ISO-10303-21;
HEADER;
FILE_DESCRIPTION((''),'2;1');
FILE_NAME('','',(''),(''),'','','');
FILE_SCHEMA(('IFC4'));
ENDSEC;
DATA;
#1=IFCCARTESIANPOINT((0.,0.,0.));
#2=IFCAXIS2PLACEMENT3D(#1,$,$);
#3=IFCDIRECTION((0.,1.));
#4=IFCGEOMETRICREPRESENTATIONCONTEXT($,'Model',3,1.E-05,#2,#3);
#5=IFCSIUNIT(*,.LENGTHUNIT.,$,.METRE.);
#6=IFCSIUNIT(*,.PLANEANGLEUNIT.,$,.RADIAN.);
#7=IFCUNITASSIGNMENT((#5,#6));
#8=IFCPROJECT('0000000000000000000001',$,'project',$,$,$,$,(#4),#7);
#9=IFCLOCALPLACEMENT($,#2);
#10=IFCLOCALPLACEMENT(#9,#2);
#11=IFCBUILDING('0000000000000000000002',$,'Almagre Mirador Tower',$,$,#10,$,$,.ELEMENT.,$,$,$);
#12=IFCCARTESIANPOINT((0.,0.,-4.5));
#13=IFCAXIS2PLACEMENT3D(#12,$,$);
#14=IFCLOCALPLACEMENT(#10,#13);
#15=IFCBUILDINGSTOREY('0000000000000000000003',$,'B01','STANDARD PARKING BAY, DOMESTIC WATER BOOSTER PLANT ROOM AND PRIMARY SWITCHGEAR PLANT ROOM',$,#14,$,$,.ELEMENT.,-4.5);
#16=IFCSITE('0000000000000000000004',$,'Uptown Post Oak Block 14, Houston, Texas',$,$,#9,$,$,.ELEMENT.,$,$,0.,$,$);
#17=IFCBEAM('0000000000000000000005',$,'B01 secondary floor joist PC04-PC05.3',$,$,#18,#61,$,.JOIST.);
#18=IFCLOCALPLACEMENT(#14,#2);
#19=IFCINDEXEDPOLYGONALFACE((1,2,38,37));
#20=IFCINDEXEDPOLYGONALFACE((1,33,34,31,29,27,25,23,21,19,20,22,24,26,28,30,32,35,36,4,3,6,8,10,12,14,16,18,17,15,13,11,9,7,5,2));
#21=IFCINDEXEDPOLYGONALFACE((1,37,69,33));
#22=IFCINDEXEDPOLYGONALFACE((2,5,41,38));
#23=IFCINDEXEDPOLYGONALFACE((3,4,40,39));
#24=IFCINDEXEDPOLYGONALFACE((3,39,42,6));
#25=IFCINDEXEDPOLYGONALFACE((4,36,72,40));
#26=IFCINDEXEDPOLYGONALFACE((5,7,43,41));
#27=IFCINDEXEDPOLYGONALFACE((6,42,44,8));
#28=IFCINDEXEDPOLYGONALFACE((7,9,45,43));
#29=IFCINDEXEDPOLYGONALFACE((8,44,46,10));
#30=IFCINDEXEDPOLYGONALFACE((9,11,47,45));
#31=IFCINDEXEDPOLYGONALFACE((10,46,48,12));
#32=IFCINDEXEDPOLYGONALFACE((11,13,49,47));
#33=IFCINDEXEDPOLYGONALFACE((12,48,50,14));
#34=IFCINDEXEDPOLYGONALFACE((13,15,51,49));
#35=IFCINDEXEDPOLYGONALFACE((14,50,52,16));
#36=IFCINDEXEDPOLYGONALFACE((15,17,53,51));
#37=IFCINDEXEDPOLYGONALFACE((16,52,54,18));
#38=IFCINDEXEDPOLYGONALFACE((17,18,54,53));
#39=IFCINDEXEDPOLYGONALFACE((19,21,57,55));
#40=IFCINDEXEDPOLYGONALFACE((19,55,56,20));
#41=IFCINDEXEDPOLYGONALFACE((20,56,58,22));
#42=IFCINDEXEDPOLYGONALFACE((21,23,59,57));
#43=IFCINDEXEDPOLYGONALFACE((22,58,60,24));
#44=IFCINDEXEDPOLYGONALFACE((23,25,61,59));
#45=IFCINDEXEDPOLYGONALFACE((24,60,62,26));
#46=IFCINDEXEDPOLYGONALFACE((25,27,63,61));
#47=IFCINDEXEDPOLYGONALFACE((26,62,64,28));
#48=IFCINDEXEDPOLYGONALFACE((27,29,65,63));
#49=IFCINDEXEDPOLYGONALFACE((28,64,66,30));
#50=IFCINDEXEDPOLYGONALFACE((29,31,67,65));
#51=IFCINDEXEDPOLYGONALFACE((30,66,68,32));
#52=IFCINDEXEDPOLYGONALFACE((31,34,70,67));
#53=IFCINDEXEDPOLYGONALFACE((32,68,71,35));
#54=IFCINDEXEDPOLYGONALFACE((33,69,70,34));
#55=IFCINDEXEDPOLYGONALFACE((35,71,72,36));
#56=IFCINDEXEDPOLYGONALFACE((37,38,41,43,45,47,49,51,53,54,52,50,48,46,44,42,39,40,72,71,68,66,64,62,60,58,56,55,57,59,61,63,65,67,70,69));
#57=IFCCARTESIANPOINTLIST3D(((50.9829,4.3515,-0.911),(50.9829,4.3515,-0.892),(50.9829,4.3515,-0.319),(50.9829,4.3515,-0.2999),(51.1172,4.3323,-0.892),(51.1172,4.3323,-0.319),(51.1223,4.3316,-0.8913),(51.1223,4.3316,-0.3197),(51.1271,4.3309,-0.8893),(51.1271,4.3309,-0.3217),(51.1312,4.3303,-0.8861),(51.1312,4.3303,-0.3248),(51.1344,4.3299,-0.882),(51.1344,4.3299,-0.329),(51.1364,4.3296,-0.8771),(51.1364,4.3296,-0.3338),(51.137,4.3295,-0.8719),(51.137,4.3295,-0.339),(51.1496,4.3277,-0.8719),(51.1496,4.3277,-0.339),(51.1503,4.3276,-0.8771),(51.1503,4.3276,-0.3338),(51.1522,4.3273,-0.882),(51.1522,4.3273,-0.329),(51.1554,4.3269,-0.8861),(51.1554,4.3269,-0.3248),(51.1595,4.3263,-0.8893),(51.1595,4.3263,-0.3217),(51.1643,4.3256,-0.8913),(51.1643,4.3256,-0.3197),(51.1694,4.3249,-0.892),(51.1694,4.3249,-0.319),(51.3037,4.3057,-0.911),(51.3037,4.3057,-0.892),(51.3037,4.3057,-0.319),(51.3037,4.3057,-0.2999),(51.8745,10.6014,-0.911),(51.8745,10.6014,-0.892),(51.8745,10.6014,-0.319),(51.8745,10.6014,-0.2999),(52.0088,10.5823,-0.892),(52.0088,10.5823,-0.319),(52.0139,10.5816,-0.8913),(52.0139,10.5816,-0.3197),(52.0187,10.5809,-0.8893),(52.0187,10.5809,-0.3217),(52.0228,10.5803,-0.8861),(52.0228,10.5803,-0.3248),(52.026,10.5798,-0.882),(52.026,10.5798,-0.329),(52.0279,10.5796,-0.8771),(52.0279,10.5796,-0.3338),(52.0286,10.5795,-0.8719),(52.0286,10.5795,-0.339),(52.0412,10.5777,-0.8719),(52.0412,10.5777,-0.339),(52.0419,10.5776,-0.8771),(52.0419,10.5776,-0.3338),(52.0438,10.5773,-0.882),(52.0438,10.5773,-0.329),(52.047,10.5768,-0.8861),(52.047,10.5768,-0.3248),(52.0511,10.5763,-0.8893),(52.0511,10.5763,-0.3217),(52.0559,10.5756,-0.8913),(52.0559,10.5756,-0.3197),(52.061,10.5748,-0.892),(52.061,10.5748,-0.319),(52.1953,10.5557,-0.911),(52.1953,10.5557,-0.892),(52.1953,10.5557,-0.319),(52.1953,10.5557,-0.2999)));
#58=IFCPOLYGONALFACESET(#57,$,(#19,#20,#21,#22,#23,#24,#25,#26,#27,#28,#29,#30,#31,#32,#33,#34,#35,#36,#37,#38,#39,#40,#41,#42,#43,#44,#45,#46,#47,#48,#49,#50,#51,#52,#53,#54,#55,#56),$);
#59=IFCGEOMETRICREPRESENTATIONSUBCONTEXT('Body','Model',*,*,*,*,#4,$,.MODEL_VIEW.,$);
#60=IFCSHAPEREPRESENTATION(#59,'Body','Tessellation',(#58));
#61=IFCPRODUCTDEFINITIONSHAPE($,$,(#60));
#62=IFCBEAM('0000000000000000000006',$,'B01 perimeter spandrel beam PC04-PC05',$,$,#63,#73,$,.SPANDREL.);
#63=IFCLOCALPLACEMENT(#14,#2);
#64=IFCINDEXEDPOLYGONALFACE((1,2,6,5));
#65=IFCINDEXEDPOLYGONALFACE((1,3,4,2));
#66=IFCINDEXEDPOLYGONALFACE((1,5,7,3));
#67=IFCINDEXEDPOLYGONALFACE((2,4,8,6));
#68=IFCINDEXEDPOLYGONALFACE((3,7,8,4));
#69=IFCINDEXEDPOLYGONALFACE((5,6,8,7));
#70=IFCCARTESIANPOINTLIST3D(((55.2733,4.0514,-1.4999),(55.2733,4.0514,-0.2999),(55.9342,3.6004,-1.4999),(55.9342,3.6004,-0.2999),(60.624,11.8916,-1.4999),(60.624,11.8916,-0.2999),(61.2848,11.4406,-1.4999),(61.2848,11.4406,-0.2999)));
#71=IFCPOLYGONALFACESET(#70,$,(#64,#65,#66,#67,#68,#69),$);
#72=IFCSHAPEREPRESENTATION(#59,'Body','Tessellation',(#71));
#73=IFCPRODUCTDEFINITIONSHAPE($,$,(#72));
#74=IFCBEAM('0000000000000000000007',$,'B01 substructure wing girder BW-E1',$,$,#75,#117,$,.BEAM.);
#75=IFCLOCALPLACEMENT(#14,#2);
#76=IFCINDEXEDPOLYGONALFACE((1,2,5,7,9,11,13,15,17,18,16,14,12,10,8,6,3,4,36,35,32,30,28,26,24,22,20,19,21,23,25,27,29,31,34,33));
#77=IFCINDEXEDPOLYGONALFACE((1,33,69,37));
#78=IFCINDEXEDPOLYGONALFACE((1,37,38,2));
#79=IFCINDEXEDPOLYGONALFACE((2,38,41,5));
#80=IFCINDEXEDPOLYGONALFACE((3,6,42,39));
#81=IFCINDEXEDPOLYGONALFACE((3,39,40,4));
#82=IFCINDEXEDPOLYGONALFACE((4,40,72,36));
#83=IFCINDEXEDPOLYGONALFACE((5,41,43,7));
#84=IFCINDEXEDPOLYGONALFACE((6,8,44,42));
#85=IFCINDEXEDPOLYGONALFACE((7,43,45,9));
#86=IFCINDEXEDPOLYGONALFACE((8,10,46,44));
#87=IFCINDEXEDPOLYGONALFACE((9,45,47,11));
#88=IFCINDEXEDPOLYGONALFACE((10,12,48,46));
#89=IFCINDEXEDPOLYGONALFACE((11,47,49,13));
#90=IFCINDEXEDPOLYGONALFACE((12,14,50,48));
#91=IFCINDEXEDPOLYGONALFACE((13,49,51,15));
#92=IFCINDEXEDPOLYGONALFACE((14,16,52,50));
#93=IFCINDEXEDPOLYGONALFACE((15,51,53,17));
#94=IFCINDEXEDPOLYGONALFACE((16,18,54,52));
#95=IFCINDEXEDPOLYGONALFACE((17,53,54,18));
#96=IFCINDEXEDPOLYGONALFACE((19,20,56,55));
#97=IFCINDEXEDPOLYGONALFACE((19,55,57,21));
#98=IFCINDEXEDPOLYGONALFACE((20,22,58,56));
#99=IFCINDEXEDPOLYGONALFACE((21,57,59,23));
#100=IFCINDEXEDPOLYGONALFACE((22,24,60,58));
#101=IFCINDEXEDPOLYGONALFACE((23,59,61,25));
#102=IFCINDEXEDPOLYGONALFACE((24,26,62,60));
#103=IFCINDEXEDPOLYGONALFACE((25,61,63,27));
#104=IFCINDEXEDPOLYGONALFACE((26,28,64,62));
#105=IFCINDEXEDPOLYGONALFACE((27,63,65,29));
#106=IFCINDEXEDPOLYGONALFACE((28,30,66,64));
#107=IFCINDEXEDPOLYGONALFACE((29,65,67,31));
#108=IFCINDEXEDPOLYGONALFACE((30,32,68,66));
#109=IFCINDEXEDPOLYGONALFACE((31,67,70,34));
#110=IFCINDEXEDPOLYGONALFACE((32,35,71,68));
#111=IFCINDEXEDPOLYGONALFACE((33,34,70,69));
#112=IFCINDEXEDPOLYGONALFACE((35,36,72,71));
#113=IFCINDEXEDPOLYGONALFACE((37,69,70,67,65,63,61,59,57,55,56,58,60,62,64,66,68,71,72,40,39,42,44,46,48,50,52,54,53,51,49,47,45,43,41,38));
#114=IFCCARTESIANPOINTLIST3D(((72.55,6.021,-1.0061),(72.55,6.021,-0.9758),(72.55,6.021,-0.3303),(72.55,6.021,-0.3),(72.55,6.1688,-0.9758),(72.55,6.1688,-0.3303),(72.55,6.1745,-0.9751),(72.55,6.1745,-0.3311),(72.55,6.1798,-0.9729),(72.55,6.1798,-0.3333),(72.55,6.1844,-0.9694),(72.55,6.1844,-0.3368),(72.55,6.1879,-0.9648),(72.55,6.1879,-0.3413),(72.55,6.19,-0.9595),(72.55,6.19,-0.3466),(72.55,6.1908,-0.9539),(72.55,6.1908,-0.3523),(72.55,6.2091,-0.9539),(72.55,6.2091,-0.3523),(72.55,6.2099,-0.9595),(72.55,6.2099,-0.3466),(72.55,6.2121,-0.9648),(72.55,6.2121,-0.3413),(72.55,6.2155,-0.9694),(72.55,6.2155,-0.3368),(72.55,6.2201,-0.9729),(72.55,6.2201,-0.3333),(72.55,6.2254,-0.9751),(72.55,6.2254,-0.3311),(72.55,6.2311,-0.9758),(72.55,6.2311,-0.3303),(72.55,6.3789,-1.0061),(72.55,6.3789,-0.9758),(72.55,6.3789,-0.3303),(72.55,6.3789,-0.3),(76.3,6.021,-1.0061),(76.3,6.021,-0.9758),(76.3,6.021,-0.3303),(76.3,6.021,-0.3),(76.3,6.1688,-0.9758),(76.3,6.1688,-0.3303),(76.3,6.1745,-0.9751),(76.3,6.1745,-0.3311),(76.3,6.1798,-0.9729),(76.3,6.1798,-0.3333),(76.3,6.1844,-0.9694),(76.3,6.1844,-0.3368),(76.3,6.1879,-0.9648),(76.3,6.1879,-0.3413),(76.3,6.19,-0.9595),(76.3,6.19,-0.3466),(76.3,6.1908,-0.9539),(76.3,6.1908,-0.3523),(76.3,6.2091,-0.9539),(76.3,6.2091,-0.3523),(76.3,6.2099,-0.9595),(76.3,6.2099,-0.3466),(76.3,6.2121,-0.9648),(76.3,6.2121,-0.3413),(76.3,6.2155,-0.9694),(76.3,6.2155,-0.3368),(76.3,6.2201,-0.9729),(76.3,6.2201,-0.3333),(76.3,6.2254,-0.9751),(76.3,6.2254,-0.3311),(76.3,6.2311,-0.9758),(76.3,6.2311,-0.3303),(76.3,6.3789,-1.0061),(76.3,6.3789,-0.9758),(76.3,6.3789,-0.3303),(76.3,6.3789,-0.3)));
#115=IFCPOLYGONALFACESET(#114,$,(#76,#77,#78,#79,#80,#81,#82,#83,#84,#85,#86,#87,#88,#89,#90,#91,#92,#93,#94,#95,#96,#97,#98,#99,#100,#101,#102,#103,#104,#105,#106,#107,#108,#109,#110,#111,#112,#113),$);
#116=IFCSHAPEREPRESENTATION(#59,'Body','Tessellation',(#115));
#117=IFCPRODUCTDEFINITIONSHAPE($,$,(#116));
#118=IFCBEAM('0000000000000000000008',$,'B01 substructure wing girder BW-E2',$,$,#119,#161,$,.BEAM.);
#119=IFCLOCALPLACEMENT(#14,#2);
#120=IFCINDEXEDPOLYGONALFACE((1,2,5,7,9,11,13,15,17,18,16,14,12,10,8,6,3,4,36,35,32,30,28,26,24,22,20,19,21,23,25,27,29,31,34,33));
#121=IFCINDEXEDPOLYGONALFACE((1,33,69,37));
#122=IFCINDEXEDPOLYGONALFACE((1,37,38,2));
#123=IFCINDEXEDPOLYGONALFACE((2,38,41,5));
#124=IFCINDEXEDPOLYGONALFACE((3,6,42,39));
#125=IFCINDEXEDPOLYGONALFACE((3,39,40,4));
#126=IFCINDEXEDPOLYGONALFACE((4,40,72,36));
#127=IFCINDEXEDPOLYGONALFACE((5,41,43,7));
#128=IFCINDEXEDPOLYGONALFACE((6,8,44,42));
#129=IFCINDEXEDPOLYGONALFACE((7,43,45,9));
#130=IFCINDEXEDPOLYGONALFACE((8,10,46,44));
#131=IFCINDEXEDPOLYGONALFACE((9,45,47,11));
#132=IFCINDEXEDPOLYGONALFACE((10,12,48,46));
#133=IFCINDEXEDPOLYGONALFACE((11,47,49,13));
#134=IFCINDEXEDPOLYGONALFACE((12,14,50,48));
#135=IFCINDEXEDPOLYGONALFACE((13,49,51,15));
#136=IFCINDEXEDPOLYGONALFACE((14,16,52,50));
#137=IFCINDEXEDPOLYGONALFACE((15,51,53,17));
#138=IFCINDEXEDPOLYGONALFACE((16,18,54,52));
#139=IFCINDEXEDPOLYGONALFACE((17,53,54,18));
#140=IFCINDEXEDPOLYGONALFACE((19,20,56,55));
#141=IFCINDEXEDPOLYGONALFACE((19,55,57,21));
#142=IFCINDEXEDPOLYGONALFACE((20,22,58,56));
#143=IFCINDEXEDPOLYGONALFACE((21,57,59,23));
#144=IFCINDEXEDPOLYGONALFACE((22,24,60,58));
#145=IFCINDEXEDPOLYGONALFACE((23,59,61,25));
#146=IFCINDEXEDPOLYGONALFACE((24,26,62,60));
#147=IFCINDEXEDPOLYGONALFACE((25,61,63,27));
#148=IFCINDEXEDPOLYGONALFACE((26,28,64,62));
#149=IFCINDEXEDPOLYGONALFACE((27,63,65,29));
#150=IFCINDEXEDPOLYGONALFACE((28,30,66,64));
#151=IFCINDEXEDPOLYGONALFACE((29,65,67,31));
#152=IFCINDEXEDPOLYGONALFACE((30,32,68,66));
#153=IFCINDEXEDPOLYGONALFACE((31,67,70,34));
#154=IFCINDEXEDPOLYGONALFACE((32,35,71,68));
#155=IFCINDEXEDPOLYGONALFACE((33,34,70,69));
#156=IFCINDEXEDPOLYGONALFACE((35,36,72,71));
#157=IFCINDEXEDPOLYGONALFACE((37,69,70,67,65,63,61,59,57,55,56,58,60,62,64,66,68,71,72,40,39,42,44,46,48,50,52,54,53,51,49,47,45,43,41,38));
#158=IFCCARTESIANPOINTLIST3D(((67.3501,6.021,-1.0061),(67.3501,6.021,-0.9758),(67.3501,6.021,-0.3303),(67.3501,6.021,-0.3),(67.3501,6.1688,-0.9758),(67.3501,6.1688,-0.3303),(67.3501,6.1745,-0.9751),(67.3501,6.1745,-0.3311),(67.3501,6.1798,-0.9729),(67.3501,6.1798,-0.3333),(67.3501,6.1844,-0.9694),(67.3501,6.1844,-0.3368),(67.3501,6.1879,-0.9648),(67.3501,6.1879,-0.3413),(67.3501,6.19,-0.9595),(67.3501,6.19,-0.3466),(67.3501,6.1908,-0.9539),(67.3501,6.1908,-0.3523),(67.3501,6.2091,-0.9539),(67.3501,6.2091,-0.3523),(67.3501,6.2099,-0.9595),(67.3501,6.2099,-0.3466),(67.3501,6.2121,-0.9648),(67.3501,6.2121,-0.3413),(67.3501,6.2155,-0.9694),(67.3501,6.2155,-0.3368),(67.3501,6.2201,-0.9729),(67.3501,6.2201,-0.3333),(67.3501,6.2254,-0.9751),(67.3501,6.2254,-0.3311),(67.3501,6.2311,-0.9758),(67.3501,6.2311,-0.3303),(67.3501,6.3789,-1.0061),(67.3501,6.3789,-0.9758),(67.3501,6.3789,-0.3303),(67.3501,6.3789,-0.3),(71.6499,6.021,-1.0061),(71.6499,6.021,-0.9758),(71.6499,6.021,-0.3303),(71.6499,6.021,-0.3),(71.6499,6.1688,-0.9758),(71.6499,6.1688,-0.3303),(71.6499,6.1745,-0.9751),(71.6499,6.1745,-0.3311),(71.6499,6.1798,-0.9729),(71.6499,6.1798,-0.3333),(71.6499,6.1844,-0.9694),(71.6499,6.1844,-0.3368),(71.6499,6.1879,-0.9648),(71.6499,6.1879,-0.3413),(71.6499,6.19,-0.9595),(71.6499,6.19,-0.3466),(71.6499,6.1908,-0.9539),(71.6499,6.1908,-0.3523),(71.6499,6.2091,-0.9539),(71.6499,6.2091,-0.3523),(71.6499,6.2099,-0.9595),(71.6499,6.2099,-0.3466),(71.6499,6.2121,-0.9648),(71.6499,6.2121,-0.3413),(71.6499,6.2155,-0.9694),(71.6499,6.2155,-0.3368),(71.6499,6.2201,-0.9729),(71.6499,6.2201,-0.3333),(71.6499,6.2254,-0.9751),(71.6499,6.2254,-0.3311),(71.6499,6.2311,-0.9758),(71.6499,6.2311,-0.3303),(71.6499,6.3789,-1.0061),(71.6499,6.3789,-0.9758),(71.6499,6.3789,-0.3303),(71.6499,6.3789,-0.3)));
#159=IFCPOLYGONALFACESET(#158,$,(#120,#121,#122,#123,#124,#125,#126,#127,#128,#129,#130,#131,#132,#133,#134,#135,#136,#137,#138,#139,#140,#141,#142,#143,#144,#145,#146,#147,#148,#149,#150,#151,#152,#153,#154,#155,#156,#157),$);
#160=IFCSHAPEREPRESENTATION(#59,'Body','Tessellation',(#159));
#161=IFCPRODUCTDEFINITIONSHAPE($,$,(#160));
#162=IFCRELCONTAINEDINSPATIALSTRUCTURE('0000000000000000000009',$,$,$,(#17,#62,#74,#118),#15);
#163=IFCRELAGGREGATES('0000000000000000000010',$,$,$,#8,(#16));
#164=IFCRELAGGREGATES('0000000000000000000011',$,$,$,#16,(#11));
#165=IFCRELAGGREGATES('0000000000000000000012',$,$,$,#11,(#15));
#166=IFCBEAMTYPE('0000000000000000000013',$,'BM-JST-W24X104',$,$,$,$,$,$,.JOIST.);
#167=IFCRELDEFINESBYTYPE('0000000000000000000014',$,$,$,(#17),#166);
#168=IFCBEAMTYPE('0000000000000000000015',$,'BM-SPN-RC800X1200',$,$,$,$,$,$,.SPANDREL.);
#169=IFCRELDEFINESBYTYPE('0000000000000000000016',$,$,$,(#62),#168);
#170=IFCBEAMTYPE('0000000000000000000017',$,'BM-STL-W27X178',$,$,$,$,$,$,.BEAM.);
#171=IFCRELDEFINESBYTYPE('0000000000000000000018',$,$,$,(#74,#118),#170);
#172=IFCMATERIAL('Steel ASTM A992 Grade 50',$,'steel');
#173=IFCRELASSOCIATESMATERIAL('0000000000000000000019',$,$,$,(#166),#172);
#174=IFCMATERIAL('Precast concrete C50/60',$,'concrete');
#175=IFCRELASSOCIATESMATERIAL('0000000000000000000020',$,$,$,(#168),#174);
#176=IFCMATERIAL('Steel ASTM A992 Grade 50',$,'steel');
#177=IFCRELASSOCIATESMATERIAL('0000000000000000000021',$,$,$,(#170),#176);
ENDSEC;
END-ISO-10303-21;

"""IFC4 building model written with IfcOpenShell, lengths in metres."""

from ifc_helpers import new_model, si_unit, direction, frame, origin, origin_2d, place, context, subcontext, project, spatial, rectangle, i_section, extrude, material, material_profile, profile_set, type_object, element, save


model = new_model("IFC4")

# Units and contexts
model_context = context("Model", 3, precision=1e-05, world=origin(), true_north=direction((0.0, 1.0)))
body_context = subcontext(model_context, "Body", "Model", "MODEL_VIEW")
ifc_project = project(units=[si_unit("LENGTHUNIT", "METRE"), si_unit("PLANEANGLEUNIT", "RADIAN")], contexts=[model_context])

# Site, building, storey
site_placement = place(None, origin())
site = spatial("IfcSite", under=ifc_project, at=site_placement, Name="Uptown Post Oak Block 14, Houston, Texas", CompositionType="ELEMENT", RefElevation=0.0)
building_placement = place(site_placement, origin())
building = spatial("IfcBuilding", under=site, at=building_placement, Name="Almagre Mirador Tower", CompositionType="ELEMENT")
storey_placement = place(building_placement, frame((0.0, 0.0, -4.5)))
storey = spatial("IfcBuildingStorey", under=building, at=storey_placement, Name="B01", Description="STANDARD PARKING BAY, DOMESTIC WATER BOOSTER PLANT ROOM AND PRIMARY SWITCHGEAR PLANT ROOM", CompositionType="ELEMENT", Elevation=-4.5)

# Beams
ifc_material_1 = material(Name="Steel ASTM A992 Grade 50", Category="steel")
ifc_material_profile_1 = material_profile(ifc_material_1, i_section(OverallWidth=0.324, OverallDepth=0.6111, WebThickness=0.0127, FlangeThickness=0.019, FilletRadius=0.02, at=origin_2d()), Name="W24X104")
ifc_profile_set_1 = profile_set([ifc_material_profile_1], Name="Steel ASTM A992 Grade 50")
beam_type_1 = type_object("IfcBeamType", Name="BM-JST-W24X104", PredefinedType="JOIST", material=ifc_profile_set_1)
beam_1_placement = place(storey_placement, frame((51.1433, 4.3286, -0.6055), z_axis=(0.141226, 0.989977, 0.0), x_axis=(-0.989977, 0.141226, 0.0)))
element("IfcBeam", 1, at=beam_1_placement, inside=storey, type_object=beam_type_1, Name="B01 secondary floor joist PC04-PC05.3", PredefinedType="JOIST", context=body_context, shape_type="SweptSolid", body=[
    extrude(i_section(OverallWidth=0.324, OverallDepth=0.6111, WebThickness=0.0127, FlangeThickness=0.019, FilletRadius=0.02, at=origin_2d()), origin(), (0.0, 0.0, 1.0), 6.3132),
])
ifc_material_2 = material(Name="Precast concrete C50/60", Category="concrete")
ifc_material_profile_2 = material_profile(ifc_material_2, rectangle(XDim=0.8, YDim=1.2, at=origin_2d()), Name="RC800X1200")
ifc_profile_set_2 = profile_set([ifc_material_profile_2], Name="Precast concrete C50/60")
beam_type_2 = type_object("IfcBeamType", Name="BM-SPN-RC800X1200", PredefinedType="SPANDREL", material=ifc_profile_set_2)
beam_2_placement = place(storey_placement, frame((55.6038, 3.8259, -0.8999), z_axis=(0.563702, 0.825979, 0.0), x_axis=(-0.825979, 0.563702, 0.0)))
element("IfcBeam", 2, at=beam_2_placement, inside=storey, type_object=beam_type_2, Name="B01 perimeter spandrel beam PC04-PC05", PredefinedType="SPANDREL", context=body_context, shape_type="SweptSolid", body=[
    extrude(rectangle(XDim=0.8, YDim=1.2, at=origin_2d()), origin(), (0.0, 0.0, 1.0), 9.4919),
])
ifc_material_3 = material(Name="Steel ASTM A992 Grade 50", Category="steel")
ifc_material_profile_3 = material_profile(ifc_material_3, i_section(OverallWidth=0.3579, OverallDepth=0.7061, WebThickness=0.0183, FlangeThickness=0.0303, FilletRadius=0.022, at=origin_2d()), Name="W27X178")
ifc_profile_set_3 = profile_set([ifc_material_profile_3], Name="Steel ASTM A992 Grade 50")
beam_type_3 = type_object("IfcBeamType", Name="BM-STL-W27X178", PredefinedType="BEAM", material=ifc_profile_set_3)
beam_3_placement = place(storey_placement, frame((76.3, 6.2, -0.6531), z_axis=(-1.0, 0.0, 0.0), x_axis=(0.0, -1.0, 0.0)))
element("IfcBeam", 3, at=beam_3_placement, inside=storey, type_object=beam_type_3, Name="B01 substructure wing girder BW-E1", PredefinedType="BEAM", context=body_context, shape_type="SweptSolid", body=[
    extrude(i_section(OverallWidth=0.3579, OverallDepth=0.7061, WebThickness=0.0183, FlangeThickness=0.0303, FilletRadius=0.022, at=origin_2d()), origin(), (0.0, 0.0, 1.0), 3.75),
])
beam_4_placement = place(storey_placement, frame((71.6499, 6.2, -0.6531), z_axis=(-1.0, 0.0, 0.0), x_axis=(0.0, -1.0, 0.0)))
element("IfcBeam", 4, at=beam_4_placement, inside=storey, type_object=beam_type_3, Name="B01 substructure wing girder BW-E2", PredefinedType="BEAM", context=body_context, shape_type="SweptSolid", body=[
    extrude(i_section(OverallWidth=0.3579, OverallDepth=0.7061, WebThickness=0.0183, FlangeThickness=0.0303, FilletRadius=0.022, at=origin_2d()), origin(), (0.0, 0.0, 1.0), 4.2998),
])

save(model, "model.ifc")
